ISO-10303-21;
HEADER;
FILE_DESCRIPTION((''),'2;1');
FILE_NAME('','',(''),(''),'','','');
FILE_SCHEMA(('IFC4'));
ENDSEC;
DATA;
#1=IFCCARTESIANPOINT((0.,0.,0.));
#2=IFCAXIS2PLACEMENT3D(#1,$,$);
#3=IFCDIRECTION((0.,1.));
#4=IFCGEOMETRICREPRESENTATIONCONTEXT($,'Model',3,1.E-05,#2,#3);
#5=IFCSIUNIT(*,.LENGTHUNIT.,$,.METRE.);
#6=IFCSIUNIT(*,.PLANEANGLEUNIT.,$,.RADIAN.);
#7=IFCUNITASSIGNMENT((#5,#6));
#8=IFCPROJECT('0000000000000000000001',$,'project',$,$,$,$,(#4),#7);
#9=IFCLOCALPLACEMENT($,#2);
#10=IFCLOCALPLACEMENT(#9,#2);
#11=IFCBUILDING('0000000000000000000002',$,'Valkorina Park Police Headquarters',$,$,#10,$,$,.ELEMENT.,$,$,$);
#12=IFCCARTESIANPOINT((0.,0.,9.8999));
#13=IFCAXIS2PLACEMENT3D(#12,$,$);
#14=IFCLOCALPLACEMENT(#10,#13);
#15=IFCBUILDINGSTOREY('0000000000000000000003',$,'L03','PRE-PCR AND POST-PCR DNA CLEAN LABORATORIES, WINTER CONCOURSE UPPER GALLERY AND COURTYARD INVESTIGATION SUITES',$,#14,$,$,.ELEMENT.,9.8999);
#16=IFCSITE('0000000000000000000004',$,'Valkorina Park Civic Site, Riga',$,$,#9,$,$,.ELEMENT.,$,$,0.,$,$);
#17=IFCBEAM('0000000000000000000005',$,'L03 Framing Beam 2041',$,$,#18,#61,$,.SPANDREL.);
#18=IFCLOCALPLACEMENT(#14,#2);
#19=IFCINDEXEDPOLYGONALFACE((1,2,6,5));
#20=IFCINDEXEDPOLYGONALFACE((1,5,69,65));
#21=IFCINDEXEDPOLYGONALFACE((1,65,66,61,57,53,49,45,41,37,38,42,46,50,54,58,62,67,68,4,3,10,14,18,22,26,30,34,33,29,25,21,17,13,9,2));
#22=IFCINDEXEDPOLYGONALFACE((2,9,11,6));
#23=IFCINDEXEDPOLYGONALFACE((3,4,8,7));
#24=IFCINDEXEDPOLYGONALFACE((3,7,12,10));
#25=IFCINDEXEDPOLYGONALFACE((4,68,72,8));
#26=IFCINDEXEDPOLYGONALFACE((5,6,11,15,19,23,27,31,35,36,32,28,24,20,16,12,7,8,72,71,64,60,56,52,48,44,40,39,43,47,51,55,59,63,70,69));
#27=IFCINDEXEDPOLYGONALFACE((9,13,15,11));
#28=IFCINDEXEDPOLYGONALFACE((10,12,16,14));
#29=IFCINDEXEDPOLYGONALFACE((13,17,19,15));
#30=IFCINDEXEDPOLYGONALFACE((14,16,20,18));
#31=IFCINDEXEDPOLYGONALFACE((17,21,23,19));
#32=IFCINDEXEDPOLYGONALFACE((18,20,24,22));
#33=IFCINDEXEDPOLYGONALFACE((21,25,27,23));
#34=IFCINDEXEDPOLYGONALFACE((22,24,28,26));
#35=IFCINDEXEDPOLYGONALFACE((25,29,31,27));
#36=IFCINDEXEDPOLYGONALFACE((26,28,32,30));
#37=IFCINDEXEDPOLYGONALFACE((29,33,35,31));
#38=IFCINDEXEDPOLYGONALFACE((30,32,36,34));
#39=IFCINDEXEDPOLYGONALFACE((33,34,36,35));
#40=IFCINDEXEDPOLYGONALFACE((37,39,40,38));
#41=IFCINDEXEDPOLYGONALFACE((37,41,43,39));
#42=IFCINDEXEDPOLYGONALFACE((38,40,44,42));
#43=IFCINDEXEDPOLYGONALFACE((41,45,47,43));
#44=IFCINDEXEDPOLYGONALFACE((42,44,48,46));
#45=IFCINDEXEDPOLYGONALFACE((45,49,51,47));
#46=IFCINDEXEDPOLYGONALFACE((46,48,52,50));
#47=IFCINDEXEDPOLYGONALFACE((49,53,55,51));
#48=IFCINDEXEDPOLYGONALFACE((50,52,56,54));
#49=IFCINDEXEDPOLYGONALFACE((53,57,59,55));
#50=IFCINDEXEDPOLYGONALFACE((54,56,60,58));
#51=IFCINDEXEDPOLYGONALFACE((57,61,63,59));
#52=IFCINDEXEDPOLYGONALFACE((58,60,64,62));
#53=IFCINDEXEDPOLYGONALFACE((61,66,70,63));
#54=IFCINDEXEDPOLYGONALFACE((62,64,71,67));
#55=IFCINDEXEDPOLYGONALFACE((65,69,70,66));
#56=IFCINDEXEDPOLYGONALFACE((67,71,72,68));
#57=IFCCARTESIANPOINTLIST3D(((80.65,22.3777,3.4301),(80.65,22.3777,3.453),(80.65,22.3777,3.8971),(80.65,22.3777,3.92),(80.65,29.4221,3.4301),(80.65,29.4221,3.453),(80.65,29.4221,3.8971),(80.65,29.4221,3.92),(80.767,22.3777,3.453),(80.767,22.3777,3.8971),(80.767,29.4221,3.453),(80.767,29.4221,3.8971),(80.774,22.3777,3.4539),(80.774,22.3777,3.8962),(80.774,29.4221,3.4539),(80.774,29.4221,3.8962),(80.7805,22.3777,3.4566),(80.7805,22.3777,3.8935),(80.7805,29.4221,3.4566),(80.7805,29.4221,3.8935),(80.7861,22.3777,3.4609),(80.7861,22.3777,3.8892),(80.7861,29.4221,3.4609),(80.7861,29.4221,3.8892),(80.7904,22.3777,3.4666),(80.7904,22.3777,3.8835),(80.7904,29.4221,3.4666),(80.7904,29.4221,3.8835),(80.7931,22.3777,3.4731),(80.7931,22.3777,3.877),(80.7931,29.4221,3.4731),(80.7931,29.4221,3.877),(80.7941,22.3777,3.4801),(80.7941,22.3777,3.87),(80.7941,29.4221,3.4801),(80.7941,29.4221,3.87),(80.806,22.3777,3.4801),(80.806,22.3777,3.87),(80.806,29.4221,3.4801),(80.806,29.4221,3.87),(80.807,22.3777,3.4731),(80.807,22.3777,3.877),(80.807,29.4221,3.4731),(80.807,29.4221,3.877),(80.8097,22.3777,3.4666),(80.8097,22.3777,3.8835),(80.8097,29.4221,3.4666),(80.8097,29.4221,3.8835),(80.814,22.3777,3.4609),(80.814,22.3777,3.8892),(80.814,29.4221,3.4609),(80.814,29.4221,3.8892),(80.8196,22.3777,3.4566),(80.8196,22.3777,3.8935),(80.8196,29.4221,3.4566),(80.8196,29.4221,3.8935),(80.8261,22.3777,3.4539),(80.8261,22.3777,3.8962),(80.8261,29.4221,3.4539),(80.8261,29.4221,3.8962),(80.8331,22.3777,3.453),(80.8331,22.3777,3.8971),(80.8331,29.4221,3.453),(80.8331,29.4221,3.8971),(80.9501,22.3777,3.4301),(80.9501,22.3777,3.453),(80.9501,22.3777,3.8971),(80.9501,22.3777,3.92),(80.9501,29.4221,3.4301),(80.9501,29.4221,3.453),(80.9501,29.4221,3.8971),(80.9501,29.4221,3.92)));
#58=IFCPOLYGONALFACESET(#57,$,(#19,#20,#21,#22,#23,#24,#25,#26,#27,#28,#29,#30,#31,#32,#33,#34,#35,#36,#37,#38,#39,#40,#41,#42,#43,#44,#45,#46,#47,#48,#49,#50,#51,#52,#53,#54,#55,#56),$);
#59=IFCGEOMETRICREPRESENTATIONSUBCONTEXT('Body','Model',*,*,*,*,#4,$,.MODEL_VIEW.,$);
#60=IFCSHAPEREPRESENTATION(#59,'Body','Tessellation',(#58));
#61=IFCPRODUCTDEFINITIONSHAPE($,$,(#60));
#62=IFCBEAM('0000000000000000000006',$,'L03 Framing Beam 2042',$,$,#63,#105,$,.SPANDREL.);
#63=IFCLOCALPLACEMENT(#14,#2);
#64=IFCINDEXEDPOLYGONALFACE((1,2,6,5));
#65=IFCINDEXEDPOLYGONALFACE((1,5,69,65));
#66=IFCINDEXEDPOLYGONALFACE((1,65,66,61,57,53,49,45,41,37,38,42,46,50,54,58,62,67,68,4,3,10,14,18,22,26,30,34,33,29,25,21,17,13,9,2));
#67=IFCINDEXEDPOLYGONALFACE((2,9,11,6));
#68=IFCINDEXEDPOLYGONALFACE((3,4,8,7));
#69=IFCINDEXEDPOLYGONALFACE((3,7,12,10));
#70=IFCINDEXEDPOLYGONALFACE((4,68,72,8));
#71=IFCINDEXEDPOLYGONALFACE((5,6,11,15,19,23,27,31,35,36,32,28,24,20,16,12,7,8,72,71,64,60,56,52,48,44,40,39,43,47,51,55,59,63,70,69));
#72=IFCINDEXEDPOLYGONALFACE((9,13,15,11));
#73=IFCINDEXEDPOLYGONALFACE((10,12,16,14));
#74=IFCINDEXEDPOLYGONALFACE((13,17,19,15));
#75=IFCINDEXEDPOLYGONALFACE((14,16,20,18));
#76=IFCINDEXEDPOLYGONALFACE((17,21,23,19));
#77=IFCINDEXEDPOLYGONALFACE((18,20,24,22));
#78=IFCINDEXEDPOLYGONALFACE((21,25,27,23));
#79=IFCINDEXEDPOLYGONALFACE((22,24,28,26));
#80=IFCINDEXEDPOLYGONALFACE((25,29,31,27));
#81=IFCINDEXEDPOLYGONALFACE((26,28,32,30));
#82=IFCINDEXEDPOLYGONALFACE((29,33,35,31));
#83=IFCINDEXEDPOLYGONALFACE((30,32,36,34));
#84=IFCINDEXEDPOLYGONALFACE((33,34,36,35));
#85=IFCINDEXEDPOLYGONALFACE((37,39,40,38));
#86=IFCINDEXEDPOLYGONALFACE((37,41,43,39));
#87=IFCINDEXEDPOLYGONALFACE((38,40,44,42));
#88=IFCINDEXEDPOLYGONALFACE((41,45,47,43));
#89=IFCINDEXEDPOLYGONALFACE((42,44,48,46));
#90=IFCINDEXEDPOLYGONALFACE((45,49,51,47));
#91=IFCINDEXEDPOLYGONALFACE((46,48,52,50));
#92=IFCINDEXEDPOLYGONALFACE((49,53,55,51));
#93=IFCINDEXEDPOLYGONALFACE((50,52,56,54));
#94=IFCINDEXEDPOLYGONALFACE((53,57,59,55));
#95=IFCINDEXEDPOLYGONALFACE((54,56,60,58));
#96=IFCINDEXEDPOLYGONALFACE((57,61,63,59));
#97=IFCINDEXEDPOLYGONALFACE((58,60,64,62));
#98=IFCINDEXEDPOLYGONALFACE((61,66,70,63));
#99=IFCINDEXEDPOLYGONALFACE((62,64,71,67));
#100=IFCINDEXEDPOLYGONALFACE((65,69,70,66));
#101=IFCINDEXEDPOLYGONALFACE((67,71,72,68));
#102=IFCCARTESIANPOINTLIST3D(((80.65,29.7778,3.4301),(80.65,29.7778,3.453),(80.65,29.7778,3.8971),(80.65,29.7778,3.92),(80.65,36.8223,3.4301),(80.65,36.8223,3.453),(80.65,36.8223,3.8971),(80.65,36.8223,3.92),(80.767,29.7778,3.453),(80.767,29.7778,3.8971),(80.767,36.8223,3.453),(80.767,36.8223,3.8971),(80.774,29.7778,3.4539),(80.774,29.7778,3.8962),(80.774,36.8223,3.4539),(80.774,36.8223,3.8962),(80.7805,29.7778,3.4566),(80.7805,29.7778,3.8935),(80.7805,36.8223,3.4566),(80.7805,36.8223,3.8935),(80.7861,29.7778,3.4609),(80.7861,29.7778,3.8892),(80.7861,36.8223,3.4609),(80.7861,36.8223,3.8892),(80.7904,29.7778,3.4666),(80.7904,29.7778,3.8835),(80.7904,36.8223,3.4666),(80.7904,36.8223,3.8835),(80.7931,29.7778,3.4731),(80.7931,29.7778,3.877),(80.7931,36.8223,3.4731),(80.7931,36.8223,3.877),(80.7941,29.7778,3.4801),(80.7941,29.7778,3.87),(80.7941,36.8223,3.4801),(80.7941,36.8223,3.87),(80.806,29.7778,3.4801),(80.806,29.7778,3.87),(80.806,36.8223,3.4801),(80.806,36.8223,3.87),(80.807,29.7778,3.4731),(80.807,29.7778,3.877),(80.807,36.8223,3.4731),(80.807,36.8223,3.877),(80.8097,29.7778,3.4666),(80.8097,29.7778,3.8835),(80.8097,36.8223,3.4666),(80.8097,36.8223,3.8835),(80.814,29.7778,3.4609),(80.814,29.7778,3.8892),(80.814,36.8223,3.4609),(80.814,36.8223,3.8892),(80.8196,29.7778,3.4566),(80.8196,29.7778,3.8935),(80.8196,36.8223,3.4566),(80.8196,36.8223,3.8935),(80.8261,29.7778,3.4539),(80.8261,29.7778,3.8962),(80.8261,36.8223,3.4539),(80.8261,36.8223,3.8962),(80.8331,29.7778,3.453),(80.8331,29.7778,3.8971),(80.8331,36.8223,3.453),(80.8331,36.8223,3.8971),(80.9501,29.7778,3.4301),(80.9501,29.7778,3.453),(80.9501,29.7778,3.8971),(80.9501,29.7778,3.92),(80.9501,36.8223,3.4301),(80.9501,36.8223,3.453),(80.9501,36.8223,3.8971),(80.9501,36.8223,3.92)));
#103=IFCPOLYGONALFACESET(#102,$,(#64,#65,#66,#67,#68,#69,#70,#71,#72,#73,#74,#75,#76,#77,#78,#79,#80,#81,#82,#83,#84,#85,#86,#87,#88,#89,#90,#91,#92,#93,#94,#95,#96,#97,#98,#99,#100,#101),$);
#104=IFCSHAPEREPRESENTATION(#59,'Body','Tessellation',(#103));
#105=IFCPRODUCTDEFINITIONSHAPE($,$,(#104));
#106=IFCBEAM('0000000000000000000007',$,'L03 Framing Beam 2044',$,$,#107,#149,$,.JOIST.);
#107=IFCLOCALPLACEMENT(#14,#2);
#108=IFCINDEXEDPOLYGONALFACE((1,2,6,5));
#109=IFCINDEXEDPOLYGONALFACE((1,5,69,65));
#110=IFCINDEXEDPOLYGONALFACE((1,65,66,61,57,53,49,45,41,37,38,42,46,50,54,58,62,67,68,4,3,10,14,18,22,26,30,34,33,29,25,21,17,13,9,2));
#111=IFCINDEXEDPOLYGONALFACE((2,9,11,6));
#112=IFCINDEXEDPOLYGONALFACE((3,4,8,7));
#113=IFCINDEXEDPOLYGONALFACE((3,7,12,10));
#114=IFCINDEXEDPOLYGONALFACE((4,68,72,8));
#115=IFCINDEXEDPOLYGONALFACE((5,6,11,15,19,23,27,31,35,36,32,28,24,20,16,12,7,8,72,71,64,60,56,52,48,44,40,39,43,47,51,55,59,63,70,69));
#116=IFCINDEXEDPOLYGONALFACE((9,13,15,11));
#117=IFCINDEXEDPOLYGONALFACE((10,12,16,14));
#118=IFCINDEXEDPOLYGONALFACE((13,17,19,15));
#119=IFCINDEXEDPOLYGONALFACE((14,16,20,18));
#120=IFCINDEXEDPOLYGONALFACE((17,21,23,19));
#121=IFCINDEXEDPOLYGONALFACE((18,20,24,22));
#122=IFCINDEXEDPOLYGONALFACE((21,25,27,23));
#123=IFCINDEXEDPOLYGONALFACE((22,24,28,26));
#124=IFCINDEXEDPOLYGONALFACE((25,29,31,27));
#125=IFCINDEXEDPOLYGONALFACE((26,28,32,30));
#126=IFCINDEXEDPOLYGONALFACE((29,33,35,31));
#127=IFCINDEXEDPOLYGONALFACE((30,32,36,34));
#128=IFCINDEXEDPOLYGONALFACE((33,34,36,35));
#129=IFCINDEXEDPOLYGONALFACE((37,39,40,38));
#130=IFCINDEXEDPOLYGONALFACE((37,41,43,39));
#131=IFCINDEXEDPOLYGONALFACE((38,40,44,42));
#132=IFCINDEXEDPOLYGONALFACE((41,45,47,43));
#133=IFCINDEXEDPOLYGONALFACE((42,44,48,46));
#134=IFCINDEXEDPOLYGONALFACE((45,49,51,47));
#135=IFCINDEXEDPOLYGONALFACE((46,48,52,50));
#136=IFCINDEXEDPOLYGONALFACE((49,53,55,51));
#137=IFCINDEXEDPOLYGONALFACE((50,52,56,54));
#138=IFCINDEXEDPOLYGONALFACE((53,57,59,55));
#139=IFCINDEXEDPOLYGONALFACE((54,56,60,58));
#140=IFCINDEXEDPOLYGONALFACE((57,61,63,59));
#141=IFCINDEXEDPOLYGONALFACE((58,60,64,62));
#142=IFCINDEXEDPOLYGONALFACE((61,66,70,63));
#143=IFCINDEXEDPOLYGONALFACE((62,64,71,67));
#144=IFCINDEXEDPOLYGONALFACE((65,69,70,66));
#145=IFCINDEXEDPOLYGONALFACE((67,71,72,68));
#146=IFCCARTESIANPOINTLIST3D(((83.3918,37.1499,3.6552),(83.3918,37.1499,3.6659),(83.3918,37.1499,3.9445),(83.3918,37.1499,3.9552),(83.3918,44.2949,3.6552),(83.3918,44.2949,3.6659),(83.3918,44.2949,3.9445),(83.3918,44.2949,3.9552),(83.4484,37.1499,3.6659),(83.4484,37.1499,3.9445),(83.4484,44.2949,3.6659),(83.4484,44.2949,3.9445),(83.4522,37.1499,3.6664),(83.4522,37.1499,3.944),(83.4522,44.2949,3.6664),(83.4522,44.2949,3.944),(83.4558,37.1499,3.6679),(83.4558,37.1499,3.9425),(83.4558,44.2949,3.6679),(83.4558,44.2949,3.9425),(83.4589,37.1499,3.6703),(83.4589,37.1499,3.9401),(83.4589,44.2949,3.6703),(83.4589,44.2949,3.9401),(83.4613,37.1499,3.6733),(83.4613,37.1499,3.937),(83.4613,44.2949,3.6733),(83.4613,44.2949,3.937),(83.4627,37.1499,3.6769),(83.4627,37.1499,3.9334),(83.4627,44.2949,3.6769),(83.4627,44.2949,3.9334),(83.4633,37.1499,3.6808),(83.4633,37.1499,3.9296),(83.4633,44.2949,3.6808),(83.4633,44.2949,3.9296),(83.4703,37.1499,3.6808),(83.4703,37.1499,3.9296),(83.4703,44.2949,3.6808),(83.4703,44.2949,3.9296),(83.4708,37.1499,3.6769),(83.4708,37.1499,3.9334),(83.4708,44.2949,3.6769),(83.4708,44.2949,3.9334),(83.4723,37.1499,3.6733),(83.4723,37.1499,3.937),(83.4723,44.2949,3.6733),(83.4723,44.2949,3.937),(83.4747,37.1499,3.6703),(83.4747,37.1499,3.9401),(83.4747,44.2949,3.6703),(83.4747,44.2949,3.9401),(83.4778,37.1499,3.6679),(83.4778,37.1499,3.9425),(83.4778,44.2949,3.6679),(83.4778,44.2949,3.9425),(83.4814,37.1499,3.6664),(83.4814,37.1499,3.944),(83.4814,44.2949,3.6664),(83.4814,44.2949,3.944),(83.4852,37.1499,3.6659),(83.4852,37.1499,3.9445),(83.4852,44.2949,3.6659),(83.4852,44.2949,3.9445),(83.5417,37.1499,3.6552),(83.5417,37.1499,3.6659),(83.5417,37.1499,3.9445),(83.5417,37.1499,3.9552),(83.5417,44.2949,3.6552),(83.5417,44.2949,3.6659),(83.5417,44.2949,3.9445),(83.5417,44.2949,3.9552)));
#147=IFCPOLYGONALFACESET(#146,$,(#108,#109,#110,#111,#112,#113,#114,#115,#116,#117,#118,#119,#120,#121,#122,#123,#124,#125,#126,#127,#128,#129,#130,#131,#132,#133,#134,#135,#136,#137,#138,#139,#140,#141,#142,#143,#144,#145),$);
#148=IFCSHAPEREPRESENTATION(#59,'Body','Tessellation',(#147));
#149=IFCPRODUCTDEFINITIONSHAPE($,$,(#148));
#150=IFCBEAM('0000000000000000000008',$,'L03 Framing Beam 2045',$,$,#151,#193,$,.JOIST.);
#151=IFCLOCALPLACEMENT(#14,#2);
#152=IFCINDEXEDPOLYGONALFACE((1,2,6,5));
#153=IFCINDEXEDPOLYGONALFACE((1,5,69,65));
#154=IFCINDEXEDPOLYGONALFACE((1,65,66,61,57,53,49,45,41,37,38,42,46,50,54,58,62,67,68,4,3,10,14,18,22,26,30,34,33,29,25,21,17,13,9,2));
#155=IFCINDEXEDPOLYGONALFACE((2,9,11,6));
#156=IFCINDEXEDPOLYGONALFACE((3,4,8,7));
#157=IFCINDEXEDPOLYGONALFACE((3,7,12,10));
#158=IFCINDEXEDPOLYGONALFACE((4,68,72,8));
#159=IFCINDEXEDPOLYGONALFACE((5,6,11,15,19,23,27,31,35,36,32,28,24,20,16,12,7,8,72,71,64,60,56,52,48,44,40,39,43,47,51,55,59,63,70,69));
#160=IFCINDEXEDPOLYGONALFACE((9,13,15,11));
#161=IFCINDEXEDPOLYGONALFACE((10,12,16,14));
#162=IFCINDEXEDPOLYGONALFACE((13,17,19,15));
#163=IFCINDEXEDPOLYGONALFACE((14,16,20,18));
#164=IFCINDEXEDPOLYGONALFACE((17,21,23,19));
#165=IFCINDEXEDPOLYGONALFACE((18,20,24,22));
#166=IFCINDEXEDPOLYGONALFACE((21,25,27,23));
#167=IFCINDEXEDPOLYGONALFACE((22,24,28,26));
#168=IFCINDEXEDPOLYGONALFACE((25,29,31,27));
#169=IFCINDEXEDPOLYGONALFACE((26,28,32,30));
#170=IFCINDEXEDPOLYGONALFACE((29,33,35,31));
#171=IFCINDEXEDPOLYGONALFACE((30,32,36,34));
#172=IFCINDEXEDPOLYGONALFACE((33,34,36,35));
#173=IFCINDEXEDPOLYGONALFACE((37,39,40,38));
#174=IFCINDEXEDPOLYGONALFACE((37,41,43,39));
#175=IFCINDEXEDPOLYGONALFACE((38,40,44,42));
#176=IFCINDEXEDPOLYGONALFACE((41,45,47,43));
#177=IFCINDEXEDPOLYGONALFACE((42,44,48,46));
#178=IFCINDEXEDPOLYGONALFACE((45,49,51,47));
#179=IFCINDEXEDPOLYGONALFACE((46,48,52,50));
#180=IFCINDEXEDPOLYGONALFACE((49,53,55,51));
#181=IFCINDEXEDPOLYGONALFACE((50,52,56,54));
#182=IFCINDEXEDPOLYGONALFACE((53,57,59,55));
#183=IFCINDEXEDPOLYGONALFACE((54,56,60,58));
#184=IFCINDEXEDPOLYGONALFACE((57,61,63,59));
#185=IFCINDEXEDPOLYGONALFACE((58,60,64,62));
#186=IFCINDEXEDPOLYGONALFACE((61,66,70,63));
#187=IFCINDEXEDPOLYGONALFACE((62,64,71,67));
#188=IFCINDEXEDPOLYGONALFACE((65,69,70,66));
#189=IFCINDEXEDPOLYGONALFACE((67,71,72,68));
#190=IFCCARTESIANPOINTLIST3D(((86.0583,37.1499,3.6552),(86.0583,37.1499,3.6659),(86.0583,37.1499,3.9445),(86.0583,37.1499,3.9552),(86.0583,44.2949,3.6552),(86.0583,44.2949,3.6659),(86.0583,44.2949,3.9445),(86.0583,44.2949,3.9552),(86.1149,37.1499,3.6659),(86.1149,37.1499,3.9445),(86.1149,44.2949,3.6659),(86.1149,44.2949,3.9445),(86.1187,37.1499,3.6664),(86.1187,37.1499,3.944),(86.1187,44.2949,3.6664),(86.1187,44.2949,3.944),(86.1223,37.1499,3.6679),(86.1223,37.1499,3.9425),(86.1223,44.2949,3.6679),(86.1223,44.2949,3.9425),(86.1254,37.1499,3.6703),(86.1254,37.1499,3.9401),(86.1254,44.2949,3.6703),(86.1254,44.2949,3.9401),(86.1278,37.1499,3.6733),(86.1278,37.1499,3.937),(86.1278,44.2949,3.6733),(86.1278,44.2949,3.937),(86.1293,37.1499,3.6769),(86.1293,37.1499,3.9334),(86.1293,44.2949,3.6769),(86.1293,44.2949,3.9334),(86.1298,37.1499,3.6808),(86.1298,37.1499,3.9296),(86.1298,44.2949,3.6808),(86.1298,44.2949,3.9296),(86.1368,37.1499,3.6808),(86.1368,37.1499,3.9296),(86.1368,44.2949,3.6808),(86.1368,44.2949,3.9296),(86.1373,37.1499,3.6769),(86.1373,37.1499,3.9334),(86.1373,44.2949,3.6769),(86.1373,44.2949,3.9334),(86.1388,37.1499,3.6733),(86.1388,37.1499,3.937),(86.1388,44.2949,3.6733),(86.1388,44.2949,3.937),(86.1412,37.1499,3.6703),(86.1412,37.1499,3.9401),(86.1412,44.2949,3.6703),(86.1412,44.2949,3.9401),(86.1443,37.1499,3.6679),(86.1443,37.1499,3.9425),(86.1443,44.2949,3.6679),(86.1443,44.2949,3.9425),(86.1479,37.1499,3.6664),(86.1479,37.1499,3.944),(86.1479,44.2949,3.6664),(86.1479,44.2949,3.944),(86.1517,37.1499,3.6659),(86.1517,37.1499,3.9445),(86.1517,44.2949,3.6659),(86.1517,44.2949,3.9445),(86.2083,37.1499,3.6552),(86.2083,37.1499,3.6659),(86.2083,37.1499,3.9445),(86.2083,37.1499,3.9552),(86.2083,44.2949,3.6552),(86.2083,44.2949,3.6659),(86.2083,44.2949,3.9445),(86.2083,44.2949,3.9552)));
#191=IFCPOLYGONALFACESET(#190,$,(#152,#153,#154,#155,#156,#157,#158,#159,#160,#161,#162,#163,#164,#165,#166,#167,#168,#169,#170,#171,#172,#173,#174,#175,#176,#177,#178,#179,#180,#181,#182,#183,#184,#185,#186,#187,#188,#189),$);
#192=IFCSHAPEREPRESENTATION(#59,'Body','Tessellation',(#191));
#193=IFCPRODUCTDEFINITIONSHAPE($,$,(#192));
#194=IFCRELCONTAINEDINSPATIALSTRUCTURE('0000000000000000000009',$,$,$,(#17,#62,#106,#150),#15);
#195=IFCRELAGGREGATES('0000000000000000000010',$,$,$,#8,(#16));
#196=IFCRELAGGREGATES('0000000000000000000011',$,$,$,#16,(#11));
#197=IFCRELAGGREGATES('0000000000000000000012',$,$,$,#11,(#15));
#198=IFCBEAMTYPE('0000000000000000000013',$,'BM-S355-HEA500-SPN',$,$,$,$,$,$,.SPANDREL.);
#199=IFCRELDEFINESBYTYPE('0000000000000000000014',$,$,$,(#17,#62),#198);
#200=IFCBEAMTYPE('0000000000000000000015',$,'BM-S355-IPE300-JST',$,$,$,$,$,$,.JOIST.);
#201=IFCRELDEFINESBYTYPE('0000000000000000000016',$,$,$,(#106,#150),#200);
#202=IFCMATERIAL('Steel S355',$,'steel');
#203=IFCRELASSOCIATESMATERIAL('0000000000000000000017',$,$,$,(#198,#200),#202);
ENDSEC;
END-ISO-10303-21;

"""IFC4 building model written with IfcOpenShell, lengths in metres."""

from ifc_helpers import new_model, si_unit, direction, frame, origin, origin_2d, place, context, subcontext, project, spatial, i_section, extrude, material, material_profile, profile_set, type_object, element, save


model = new_model("IFC4")

# Units and contexts
model_context = context("Model", 3, precision=1e-05, world=origin(), true_north=direction((0.0, 1.0)))
body_context = subcontext(model_context, "Body", "Model", "MODEL_VIEW")
ifc_project = project(units=[si_unit("LENGTHUNIT", "METRE"), si_unit("PLANEANGLEUNIT", "RADIAN")], contexts=[model_context])

# Site, building, storey
site_placement = place(None, origin())
site = spatial("IfcSite", under=ifc_project, at=site_placement, Name="Valkorina Park Civic Site, Riga", CompositionType="ELEMENT", RefElevation=0.0)
building_placement = place(site_placement, origin())
building = spatial("IfcBuilding", under=site, at=building_placement, Name="Valkorina Park Police Headquarters", CompositionType="ELEMENT")
storey_placement = place(building_placement, frame((0.0, 0.0, 9.8999)))
storey = spatial("IfcBuildingStorey", under=building, at=storey_placement, Name="L03", Description="PRE-PCR AND POST-PCR DNA CLEAN LABORATORIES, WINTER CONCOURSE UPPER GALLERY AND COURTYARD INVESTIGATION SUITES", CompositionType="ELEMENT", Elevation=9.8999)

# Shared definitions
ifc_material_1 = material(Name="Steel S355", Category="steel")

# Beams
ifc_material_profile_1 = material_profile(ifc_material_1, i_section(OverallWidth=0.3, OverallDepth=0.49, WebThickness=0.012, FlangeThickness=0.0229, FilletRadius=0.0271, at=origin_2d()), Name="HEA 500")
ifc_profile_set_1 = profile_set([ifc_material_profile_1], Name="Steel S355")
beam_type_1 = type_object("IfcBeamType", Name="BM-S355-HEA500-SPN", PredefinedType="SPANDREL", material=ifc_profile_set_1)
for number, where, z_axis, x_axis, name in (
    (1, (80.8, 22.3777, 3.675), (0.0, 1.0, 0.0), (-1.0, 0.0, 0.0), "L03 Framing Beam 2041"),
    (2, (80.8, 29.7778, 3.675), (0.0, 1.0, 0.0), (-1.0, 0.0, 0.0), "L03 Framing Beam 2042"),
):
    element("IfcBeam", number, at=place(storey_placement, frame(where, z_axis=z_axis, x_axis=x_axis)), inside=storey, type_object=beam_type_1, Name=name, PredefinedType="SPANDREL", context=body_context, shape_type="SweptSolid", body=[
        extrude(i_section(OverallWidth=0.3, OverallDepth=0.49, WebThickness=0.012, FlangeThickness=0.0229, FilletRadius=0.0271, at=origin_2d()), origin(), (0.0, 0.0, 1.0), 7.0444),
    ])
ifc_material_profile_2 = material_profile(ifc_material_1, i_section(OverallWidth=0.1499, OverallDepth=0.3, WebThickness=0.0071, FlangeThickness=0.0107, FilletRadius=0.0149, at=origin_2d()), Name="IPE 300")
ifc_profile_set_2 = profile_set([ifc_material_profile_2], Name="Steel S355")
beam_type_2 = type_object("IfcBeamType", Name="BM-S355-IPE300-JST", PredefinedType="JOIST", material=ifc_profile_set_2)
for number, where, z_axis, x_axis, name in (
    (3, (83.4668, 37.1499, 3.8052), (0.0, 1.0, 0.0), (-1.0, 0.0, 0.0), "L03 Framing Beam 2044"),
    (4, (86.1333, 37.1499, 3.8052), (0.0, 1.0, 0.0), (-1.0, 0.0, 0.0), "L03 Framing Beam 2045"),
):
    element("IfcBeam", number, at=place(storey_placement, frame(where, z_axis=z_axis, x_axis=x_axis)), inside=storey, type_object=beam_type_2, Name=name, PredefinedType="JOIST", context=body_context, shape_type="SweptSolid", body=[
        extrude(i_section(OverallWidth=0.1499, OverallDepth=0.3, WebThickness=0.0071, FlangeThickness=0.0107, FilletRadius=0.0149, at=origin_2d()), origin(), (0.0, 0.0, 1.0), 7.145),
    ])

save(model, "model.ifc")
